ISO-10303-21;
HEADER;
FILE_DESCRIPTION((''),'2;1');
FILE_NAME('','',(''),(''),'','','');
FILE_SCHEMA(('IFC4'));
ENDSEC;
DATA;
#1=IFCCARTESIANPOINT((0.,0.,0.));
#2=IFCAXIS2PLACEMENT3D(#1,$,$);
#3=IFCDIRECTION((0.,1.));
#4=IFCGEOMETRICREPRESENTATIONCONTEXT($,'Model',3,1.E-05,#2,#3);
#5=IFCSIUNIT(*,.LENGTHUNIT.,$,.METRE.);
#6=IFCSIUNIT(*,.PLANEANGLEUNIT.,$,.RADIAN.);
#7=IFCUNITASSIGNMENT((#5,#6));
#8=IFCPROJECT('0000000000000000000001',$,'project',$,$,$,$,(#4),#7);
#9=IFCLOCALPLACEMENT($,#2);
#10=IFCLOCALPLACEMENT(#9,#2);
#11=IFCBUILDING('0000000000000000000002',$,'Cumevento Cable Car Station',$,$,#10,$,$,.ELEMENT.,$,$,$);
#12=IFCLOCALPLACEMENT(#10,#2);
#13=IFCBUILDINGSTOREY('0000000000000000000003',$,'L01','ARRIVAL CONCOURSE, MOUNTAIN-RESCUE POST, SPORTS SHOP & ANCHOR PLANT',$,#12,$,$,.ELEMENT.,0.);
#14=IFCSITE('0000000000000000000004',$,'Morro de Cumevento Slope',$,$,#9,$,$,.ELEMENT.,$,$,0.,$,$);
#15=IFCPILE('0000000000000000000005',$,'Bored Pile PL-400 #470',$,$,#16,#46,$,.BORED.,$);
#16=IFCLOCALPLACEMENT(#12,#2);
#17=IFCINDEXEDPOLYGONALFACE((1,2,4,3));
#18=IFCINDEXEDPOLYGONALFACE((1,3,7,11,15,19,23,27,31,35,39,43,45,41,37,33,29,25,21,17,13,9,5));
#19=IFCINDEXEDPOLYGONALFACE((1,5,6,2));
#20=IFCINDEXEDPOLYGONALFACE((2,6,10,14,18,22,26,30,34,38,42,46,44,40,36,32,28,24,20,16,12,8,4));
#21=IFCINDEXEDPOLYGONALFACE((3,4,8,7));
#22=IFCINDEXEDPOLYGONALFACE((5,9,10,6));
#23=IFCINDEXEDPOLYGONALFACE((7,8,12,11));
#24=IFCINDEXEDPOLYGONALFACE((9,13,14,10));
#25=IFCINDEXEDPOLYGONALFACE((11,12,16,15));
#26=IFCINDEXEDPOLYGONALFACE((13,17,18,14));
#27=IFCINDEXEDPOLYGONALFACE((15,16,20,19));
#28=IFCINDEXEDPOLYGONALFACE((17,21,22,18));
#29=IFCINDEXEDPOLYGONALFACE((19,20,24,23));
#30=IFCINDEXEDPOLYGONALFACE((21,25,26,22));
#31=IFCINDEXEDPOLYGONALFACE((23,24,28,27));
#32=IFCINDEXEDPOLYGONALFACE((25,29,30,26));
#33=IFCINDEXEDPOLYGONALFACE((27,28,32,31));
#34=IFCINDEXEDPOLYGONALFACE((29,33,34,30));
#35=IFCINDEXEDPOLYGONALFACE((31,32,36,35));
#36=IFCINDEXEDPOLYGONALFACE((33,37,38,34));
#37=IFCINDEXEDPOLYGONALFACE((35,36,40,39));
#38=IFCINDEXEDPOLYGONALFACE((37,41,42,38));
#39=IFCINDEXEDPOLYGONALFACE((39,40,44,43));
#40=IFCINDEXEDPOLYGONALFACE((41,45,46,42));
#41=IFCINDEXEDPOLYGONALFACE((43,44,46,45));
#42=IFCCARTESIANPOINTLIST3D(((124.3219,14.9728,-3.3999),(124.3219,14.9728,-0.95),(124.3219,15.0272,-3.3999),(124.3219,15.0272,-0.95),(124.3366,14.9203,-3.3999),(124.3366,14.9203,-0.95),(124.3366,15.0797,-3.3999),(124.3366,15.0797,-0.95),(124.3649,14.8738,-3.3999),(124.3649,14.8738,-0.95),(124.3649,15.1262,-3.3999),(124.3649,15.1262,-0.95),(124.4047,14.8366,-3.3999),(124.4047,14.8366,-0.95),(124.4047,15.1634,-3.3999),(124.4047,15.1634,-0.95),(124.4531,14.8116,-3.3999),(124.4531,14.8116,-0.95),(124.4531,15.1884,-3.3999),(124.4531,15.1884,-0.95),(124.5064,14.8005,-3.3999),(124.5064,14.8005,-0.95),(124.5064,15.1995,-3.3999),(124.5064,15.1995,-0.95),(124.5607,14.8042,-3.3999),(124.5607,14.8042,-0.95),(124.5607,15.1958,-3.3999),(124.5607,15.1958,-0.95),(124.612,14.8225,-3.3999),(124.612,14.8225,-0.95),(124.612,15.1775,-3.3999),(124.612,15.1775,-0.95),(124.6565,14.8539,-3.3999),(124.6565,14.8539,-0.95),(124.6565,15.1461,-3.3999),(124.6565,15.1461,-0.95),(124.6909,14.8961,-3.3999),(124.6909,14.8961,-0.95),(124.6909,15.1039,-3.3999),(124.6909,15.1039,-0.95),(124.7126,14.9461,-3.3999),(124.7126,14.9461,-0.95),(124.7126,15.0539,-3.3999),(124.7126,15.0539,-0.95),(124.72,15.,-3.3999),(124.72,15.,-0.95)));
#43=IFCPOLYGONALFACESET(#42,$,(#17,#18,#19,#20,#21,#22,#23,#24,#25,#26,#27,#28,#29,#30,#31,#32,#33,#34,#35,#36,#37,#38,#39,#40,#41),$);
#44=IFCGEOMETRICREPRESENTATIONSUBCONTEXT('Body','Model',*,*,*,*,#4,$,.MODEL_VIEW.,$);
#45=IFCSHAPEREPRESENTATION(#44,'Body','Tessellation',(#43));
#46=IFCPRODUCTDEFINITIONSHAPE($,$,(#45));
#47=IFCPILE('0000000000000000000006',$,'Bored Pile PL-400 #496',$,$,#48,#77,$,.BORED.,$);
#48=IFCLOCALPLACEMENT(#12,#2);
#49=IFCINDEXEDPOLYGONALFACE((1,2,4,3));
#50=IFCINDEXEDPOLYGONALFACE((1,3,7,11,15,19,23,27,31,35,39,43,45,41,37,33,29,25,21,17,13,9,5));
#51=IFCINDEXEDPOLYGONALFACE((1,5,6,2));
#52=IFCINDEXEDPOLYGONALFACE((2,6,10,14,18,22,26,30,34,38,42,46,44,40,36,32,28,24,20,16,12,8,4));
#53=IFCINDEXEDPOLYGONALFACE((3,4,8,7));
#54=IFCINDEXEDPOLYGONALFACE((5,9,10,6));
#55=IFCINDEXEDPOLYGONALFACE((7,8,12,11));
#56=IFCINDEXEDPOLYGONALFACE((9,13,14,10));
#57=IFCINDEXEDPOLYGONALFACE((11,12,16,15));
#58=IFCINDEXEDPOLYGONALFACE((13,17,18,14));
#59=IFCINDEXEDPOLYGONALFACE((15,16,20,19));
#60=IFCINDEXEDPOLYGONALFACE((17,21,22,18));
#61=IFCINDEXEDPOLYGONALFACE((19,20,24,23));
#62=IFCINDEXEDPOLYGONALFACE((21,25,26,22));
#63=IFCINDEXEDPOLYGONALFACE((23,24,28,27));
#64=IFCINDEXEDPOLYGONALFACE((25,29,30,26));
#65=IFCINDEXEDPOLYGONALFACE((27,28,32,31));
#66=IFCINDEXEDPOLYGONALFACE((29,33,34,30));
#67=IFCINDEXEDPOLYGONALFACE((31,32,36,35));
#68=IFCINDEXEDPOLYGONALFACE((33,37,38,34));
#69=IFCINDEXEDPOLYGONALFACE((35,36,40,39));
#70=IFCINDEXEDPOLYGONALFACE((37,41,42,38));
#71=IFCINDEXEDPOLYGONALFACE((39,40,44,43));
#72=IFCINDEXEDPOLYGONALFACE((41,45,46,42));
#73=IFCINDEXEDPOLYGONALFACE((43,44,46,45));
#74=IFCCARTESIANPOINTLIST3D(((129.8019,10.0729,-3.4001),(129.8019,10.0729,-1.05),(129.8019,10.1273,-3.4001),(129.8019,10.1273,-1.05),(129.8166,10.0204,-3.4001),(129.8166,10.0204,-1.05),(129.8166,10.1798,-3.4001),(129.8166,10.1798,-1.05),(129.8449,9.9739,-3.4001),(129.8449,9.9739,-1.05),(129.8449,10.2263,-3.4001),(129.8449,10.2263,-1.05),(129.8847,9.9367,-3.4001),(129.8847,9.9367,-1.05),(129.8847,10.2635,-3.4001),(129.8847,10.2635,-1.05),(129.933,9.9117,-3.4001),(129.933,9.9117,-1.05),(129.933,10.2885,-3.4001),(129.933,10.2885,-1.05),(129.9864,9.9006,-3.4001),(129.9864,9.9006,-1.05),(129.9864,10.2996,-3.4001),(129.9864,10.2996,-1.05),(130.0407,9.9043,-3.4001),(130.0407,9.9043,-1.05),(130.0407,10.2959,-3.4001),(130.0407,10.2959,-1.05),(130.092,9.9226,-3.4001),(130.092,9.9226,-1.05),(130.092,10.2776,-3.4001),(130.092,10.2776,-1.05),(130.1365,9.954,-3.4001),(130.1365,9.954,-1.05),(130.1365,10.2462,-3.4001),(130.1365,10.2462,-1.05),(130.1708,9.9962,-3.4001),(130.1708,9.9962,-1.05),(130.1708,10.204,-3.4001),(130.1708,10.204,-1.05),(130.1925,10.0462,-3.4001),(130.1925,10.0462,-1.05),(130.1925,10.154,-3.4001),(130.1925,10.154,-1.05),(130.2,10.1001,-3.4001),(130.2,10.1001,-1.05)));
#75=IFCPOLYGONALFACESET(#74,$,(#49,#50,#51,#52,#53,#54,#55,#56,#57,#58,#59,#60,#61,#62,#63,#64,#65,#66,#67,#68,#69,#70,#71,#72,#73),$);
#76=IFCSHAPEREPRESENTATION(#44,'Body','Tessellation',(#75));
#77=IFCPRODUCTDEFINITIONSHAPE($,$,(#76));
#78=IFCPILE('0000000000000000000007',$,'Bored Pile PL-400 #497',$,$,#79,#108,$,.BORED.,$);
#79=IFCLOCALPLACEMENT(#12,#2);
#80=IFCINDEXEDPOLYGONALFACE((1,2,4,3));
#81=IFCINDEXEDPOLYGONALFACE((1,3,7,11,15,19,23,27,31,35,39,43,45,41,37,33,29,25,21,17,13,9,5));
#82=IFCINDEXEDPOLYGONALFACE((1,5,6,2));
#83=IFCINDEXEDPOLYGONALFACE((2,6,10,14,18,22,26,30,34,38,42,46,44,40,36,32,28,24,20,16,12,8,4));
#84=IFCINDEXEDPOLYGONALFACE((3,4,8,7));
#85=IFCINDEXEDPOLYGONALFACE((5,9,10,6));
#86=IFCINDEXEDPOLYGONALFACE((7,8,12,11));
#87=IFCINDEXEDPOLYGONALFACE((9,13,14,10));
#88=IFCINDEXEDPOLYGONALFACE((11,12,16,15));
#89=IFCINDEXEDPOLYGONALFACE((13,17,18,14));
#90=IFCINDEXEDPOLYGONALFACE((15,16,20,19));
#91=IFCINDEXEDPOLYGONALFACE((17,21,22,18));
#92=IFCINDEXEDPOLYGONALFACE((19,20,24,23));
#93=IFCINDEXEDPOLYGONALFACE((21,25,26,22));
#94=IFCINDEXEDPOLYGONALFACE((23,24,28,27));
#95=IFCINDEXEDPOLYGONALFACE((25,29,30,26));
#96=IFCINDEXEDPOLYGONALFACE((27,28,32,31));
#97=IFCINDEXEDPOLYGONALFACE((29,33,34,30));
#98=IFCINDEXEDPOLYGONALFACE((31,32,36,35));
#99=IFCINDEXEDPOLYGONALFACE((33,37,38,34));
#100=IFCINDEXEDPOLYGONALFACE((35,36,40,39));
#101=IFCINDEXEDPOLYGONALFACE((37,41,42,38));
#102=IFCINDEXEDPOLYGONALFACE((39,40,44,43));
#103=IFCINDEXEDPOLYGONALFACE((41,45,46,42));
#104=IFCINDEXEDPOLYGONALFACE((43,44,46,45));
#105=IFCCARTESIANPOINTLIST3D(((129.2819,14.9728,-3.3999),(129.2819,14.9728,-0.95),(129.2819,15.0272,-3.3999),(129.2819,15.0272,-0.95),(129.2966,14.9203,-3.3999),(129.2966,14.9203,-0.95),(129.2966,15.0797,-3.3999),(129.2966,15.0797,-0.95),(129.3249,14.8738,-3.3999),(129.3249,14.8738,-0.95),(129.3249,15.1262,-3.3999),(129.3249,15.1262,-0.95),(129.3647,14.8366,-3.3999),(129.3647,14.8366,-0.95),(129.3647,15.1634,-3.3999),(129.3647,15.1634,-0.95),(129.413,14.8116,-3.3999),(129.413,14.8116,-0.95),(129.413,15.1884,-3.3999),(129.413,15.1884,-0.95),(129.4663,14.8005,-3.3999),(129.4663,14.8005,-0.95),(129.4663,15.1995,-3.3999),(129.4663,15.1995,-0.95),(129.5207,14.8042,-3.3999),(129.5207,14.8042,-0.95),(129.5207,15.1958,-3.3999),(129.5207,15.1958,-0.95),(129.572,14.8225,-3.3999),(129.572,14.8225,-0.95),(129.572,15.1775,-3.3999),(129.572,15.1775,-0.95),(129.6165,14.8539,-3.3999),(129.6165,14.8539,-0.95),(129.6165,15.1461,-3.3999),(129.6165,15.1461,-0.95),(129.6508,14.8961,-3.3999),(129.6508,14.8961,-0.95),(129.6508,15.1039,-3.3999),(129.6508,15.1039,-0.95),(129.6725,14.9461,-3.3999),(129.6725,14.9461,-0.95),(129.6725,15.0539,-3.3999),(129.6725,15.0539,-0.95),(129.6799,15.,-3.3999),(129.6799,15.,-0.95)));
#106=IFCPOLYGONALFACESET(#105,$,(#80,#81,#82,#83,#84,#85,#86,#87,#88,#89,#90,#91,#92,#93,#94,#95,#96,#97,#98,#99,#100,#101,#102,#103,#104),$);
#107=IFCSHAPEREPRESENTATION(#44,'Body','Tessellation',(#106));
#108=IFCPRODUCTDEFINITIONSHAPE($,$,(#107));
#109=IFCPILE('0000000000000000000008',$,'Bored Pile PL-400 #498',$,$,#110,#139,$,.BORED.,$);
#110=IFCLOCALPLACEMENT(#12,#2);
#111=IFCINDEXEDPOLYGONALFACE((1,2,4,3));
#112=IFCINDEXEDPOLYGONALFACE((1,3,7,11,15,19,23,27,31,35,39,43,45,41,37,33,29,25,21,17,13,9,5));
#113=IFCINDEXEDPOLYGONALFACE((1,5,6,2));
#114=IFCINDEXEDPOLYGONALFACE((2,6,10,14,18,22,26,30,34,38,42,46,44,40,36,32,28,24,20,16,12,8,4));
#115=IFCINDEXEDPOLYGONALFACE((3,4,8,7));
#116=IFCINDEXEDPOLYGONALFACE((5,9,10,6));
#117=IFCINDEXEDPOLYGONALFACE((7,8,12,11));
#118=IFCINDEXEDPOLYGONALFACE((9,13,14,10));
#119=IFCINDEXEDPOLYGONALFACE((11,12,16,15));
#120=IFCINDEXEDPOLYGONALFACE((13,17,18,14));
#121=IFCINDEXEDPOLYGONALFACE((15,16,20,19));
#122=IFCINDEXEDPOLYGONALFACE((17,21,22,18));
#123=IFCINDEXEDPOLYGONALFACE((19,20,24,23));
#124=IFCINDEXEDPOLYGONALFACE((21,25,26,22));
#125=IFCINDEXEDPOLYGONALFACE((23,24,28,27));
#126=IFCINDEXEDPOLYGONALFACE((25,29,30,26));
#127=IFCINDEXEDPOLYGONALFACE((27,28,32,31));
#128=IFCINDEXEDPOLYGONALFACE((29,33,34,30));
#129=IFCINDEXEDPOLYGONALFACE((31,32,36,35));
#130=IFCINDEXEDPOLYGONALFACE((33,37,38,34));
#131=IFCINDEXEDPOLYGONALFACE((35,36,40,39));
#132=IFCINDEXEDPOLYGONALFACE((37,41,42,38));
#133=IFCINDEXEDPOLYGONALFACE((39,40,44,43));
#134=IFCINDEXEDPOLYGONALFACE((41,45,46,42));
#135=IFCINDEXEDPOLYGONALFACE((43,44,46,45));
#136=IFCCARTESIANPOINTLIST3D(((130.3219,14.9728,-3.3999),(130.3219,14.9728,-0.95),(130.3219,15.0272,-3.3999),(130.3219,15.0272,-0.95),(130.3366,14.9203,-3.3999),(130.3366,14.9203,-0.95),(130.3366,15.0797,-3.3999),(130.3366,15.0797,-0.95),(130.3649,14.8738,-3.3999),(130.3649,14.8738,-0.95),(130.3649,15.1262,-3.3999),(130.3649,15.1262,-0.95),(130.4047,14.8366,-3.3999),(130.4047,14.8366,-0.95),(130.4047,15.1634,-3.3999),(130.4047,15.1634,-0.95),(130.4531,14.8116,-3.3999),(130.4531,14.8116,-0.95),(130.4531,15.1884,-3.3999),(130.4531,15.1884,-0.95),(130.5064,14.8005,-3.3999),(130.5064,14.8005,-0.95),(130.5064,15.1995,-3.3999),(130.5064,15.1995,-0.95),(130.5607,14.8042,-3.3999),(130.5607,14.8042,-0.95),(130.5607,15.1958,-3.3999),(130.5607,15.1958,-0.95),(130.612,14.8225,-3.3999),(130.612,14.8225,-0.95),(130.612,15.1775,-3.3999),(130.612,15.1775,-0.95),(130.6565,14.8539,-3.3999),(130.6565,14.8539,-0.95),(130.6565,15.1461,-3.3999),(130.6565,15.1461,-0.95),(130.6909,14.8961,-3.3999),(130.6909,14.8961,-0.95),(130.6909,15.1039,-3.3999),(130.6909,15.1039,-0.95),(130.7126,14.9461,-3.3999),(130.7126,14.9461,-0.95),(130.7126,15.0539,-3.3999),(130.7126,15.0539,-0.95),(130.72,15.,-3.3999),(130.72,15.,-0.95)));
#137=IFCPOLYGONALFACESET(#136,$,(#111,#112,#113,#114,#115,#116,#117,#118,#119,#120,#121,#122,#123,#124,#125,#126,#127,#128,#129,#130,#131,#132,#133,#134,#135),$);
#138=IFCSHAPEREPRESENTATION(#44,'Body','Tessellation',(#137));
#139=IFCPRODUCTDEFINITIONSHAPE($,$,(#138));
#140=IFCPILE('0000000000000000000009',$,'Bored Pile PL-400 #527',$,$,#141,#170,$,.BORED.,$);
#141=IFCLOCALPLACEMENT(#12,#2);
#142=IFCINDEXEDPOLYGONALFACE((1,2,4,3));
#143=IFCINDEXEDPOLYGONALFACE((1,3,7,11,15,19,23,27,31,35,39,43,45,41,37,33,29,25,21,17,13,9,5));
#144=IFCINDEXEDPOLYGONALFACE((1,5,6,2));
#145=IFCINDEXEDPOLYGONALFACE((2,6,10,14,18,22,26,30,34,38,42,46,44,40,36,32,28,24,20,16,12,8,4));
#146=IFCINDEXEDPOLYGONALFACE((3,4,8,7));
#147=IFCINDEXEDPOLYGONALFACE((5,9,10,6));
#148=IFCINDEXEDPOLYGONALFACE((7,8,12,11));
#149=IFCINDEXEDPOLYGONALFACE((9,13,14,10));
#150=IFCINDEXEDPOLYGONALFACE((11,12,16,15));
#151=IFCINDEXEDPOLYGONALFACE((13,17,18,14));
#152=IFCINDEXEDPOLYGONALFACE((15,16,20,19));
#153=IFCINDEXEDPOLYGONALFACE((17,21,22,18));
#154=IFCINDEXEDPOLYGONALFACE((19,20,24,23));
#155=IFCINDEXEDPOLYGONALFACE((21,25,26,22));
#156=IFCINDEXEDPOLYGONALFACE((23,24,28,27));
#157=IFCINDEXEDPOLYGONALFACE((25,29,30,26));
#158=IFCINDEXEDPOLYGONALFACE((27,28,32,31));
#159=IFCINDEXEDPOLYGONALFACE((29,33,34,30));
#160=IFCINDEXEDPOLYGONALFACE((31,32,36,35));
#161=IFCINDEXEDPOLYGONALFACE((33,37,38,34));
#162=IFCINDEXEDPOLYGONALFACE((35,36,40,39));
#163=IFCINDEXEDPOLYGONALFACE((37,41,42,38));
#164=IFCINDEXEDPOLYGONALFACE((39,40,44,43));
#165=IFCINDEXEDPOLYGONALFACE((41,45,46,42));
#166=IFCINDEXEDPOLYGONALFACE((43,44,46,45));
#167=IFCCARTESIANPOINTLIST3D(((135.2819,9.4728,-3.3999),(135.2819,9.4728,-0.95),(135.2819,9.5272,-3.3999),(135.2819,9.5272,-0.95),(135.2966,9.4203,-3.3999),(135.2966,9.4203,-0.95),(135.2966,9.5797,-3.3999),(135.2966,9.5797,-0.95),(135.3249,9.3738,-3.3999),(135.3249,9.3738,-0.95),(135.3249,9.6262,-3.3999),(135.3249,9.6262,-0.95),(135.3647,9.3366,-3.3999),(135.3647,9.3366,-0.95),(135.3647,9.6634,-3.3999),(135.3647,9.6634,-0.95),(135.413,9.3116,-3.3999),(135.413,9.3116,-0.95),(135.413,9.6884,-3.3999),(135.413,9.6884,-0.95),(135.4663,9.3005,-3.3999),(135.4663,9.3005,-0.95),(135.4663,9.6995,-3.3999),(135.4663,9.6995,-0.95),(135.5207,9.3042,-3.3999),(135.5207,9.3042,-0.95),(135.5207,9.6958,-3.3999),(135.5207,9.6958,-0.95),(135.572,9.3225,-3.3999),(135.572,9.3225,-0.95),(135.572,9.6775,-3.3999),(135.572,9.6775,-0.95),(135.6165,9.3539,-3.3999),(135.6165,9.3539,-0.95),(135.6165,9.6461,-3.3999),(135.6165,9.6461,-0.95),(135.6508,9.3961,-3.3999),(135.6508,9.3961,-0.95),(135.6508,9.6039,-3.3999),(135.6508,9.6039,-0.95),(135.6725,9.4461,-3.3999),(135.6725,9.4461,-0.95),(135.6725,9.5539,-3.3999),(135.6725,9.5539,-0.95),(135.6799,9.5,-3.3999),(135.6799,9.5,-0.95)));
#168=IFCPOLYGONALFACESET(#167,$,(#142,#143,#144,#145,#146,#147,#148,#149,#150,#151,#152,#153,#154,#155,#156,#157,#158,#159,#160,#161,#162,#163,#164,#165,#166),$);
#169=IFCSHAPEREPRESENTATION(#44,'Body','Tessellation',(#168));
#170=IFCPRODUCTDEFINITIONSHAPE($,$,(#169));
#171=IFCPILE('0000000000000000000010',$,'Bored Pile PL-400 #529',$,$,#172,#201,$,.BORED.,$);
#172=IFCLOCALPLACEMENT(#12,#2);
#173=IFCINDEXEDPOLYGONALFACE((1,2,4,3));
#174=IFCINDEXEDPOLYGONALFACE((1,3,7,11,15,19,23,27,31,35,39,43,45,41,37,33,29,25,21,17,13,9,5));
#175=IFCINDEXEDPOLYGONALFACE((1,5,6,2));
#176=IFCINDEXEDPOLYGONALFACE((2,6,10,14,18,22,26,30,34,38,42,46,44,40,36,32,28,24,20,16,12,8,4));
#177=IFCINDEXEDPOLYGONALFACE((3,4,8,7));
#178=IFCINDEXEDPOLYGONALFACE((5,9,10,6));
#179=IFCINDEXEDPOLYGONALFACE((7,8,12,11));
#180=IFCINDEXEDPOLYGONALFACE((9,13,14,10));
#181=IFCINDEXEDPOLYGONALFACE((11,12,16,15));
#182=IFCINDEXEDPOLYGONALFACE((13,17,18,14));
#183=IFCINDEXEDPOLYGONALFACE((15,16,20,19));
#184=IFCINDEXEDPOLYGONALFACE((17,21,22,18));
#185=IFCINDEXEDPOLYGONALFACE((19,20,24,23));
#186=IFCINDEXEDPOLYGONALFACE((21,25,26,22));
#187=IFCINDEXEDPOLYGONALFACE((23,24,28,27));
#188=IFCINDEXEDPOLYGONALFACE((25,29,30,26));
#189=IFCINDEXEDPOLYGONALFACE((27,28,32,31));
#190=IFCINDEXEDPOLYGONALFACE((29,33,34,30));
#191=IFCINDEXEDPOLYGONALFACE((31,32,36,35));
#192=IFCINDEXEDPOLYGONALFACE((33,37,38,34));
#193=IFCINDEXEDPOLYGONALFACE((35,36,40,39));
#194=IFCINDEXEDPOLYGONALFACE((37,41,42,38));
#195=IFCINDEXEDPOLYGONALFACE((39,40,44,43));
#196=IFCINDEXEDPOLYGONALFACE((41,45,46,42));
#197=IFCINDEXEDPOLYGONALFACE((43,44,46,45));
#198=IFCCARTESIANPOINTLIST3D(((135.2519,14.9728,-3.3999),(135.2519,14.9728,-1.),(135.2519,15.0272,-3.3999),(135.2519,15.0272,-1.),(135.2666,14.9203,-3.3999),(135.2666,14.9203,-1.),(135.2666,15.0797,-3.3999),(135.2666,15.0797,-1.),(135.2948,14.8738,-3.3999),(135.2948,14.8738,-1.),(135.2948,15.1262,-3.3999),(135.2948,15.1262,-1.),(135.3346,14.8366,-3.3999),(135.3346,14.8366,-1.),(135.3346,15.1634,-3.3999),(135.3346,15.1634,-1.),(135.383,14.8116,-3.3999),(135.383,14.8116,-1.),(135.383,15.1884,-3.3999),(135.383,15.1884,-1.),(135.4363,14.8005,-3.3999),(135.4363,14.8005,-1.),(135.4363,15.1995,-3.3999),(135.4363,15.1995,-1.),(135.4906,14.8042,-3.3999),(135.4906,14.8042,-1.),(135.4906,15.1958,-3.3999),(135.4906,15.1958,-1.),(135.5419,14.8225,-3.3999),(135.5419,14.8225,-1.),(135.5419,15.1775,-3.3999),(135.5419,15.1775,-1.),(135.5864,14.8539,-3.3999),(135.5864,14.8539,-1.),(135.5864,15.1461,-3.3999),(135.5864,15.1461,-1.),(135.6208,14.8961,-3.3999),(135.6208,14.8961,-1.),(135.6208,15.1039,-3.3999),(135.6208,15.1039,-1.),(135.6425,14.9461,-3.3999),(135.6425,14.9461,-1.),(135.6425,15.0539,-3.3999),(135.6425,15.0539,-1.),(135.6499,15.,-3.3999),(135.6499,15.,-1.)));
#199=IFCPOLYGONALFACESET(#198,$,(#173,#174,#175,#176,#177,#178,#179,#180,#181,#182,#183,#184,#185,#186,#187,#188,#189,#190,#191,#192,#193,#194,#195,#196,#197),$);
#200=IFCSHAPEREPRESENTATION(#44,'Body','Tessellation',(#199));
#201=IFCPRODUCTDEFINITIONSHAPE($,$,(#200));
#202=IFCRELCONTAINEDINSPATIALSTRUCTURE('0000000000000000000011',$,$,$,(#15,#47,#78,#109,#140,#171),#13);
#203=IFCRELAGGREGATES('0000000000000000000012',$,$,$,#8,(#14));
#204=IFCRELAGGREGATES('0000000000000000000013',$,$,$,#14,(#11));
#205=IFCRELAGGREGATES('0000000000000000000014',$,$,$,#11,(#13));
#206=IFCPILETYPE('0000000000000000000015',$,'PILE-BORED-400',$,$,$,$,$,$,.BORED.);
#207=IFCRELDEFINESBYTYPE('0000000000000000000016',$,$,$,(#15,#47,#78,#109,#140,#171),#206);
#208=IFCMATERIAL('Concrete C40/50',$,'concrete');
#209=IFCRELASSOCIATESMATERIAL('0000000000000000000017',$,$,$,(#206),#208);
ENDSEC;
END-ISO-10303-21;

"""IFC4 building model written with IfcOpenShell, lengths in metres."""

from ifc_helpers import new_model, si_unit, direction, frame, origin, origin_2d, place, context, subcontext, project, spatial, circle, extrude, material, material_profile, profile_set, type_object, element, save


model = new_model("IFC4")

# Units and contexts
model_context = context("Model", 3, precision=1e-05, world=origin(), true_north=direction((0.0, 1.0)))
body_context = subcontext(model_context, "Body", "Model", "MODEL_VIEW")
ifc_project = project(units=[si_unit("LENGTHUNIT", "METRE"), si_unit("PLANEANGLEUNIT", "RADIAN")], contexts=[model_context])

# Site, building, storey
site_placement = place(None, origin())
site = spatial("IfcSite", under=ifc_project, at=site_placement, Name="Morro de Cumevento Slope", CompositionType="ELEMENT", RefElevation=0.0)
building_placement = place(site_placement, origin())
building = spatial("IfcBuilding", under=site, at=building_placement, Name="Cumevento Cable Car Station", CompositionType="ELEMENT")
storey_placement = place(building_placement, origin())
storey = spatial("IfcBuildingStorey", under=building, at=storey_placement, Name="L01", Description="ARRIVAL CONCOURSE, MOUNTAIN-RESCUE POST, SPORTS SHOP & ANCHOR PLANT", CompositionType="ELEMENT", Elevation=0.0)

# Piles
ifc_material_1 = material(Name="Concrete C40/50", Category="concrete")
ifc_material_profile_1 = material_profile(ifc_material_1, circle(Radius=0.2, at=origin_2d()), Name="PILE-D400")
ifc_profile_set_1 = profile_set([ifc_material_profile_1], Name="Concrete C40/50")
pile_type = type_object("IfcPileType", Name="PILE-BORED-400", PredefinedType="BORED", material=ifc_profile_set_1)
pile_1_placement = place(storey_placement, frame((124.52, 15.0, -0.95), z_axis=(0.0, 0.0, -1.0), x_axis=(1.0, 0.0, 0.0)))
element("IfcPile", 1, at=pile_1_placement, inside=storey, type_object=pile_type, Name="Bored Pile PL-400 #470", PredefinedType="BORED", context=body_context, shape_type="SweptSolid", body=[
    extrude(circle(Radius=0.2, at=origin_2d()), origin(), (0.0, 0.0, 1.0), 2.45),
])
pile_2_placement = place(storey_placement, frame((130.0, 10.1001, -1.05), z_axis=(0.0, 0.0, -1.0), x_axis=(1.0, 0.0, 0.0)))
element("IfcPile", 2, at=pile_2_placement, inside=storey, type_object=pile_type, Name="Bored Pile PL-400 #496", PredefinedType="BORED", context=body_context, shape_type="SweptSolid", body=[
    extrude(circle(Radius=0.2, at=origin_2d()), origin(), (0.0, 0.0, 1.0), 2.3501),
])
for number, where, z_axis, x_axis, name in (
    (3, (129.48, 15.0, -0.95), (0.0, 0.0, -1.0), (1.0, 0.0, 0.0), "Bored Pile PL-400 #497"),
    (4, (130.52, 15.0, -0.95), (0.0, 0.0, -1.0), (1.0, 0.0, 0.0), "Bored Pile PL-400 #498"),
    (5, (135.48, 9.5, -0.95), (0.0, 0.0, -1.0), (1.0, 0.0, 0.0), "Bored Pile PL-400 #527"),
):
    element("IfcPile", number, at=place(storey_placement, frame(where, z_axis=z_axis, x_axis=x_axis)), inside=storey, type_object=pile_type, Name=name, PredefinedType="BORED", context=body_context, shape_type="SweptSolid", body=[
        extrude(circle(Radius=0.2, at=origin_2d()), origin(), (0.0, 0.0, 1.0), 2.45),
    ])
pile_3_placement = place(storey_placement, frame((135.45, 15.0, -1.0), z_axis=(0.0, 0.0, -1.0), x_axis=(1.0, 0.0, 0.0)))
element("IfcPile", 6, at=pile_3_placement, inside=storey, type_object=pile_type, Name="Bored Pile PL-400 #529", PredefinedType="BORED", context=body_context, shape_type="SweptSolid", body=[
    extrude(circle(Radius=0.2, at=origin_2d()), origin(), (0.0, 0.0, 1.0), 2.3999),
])

save(model, "model.ifc")
